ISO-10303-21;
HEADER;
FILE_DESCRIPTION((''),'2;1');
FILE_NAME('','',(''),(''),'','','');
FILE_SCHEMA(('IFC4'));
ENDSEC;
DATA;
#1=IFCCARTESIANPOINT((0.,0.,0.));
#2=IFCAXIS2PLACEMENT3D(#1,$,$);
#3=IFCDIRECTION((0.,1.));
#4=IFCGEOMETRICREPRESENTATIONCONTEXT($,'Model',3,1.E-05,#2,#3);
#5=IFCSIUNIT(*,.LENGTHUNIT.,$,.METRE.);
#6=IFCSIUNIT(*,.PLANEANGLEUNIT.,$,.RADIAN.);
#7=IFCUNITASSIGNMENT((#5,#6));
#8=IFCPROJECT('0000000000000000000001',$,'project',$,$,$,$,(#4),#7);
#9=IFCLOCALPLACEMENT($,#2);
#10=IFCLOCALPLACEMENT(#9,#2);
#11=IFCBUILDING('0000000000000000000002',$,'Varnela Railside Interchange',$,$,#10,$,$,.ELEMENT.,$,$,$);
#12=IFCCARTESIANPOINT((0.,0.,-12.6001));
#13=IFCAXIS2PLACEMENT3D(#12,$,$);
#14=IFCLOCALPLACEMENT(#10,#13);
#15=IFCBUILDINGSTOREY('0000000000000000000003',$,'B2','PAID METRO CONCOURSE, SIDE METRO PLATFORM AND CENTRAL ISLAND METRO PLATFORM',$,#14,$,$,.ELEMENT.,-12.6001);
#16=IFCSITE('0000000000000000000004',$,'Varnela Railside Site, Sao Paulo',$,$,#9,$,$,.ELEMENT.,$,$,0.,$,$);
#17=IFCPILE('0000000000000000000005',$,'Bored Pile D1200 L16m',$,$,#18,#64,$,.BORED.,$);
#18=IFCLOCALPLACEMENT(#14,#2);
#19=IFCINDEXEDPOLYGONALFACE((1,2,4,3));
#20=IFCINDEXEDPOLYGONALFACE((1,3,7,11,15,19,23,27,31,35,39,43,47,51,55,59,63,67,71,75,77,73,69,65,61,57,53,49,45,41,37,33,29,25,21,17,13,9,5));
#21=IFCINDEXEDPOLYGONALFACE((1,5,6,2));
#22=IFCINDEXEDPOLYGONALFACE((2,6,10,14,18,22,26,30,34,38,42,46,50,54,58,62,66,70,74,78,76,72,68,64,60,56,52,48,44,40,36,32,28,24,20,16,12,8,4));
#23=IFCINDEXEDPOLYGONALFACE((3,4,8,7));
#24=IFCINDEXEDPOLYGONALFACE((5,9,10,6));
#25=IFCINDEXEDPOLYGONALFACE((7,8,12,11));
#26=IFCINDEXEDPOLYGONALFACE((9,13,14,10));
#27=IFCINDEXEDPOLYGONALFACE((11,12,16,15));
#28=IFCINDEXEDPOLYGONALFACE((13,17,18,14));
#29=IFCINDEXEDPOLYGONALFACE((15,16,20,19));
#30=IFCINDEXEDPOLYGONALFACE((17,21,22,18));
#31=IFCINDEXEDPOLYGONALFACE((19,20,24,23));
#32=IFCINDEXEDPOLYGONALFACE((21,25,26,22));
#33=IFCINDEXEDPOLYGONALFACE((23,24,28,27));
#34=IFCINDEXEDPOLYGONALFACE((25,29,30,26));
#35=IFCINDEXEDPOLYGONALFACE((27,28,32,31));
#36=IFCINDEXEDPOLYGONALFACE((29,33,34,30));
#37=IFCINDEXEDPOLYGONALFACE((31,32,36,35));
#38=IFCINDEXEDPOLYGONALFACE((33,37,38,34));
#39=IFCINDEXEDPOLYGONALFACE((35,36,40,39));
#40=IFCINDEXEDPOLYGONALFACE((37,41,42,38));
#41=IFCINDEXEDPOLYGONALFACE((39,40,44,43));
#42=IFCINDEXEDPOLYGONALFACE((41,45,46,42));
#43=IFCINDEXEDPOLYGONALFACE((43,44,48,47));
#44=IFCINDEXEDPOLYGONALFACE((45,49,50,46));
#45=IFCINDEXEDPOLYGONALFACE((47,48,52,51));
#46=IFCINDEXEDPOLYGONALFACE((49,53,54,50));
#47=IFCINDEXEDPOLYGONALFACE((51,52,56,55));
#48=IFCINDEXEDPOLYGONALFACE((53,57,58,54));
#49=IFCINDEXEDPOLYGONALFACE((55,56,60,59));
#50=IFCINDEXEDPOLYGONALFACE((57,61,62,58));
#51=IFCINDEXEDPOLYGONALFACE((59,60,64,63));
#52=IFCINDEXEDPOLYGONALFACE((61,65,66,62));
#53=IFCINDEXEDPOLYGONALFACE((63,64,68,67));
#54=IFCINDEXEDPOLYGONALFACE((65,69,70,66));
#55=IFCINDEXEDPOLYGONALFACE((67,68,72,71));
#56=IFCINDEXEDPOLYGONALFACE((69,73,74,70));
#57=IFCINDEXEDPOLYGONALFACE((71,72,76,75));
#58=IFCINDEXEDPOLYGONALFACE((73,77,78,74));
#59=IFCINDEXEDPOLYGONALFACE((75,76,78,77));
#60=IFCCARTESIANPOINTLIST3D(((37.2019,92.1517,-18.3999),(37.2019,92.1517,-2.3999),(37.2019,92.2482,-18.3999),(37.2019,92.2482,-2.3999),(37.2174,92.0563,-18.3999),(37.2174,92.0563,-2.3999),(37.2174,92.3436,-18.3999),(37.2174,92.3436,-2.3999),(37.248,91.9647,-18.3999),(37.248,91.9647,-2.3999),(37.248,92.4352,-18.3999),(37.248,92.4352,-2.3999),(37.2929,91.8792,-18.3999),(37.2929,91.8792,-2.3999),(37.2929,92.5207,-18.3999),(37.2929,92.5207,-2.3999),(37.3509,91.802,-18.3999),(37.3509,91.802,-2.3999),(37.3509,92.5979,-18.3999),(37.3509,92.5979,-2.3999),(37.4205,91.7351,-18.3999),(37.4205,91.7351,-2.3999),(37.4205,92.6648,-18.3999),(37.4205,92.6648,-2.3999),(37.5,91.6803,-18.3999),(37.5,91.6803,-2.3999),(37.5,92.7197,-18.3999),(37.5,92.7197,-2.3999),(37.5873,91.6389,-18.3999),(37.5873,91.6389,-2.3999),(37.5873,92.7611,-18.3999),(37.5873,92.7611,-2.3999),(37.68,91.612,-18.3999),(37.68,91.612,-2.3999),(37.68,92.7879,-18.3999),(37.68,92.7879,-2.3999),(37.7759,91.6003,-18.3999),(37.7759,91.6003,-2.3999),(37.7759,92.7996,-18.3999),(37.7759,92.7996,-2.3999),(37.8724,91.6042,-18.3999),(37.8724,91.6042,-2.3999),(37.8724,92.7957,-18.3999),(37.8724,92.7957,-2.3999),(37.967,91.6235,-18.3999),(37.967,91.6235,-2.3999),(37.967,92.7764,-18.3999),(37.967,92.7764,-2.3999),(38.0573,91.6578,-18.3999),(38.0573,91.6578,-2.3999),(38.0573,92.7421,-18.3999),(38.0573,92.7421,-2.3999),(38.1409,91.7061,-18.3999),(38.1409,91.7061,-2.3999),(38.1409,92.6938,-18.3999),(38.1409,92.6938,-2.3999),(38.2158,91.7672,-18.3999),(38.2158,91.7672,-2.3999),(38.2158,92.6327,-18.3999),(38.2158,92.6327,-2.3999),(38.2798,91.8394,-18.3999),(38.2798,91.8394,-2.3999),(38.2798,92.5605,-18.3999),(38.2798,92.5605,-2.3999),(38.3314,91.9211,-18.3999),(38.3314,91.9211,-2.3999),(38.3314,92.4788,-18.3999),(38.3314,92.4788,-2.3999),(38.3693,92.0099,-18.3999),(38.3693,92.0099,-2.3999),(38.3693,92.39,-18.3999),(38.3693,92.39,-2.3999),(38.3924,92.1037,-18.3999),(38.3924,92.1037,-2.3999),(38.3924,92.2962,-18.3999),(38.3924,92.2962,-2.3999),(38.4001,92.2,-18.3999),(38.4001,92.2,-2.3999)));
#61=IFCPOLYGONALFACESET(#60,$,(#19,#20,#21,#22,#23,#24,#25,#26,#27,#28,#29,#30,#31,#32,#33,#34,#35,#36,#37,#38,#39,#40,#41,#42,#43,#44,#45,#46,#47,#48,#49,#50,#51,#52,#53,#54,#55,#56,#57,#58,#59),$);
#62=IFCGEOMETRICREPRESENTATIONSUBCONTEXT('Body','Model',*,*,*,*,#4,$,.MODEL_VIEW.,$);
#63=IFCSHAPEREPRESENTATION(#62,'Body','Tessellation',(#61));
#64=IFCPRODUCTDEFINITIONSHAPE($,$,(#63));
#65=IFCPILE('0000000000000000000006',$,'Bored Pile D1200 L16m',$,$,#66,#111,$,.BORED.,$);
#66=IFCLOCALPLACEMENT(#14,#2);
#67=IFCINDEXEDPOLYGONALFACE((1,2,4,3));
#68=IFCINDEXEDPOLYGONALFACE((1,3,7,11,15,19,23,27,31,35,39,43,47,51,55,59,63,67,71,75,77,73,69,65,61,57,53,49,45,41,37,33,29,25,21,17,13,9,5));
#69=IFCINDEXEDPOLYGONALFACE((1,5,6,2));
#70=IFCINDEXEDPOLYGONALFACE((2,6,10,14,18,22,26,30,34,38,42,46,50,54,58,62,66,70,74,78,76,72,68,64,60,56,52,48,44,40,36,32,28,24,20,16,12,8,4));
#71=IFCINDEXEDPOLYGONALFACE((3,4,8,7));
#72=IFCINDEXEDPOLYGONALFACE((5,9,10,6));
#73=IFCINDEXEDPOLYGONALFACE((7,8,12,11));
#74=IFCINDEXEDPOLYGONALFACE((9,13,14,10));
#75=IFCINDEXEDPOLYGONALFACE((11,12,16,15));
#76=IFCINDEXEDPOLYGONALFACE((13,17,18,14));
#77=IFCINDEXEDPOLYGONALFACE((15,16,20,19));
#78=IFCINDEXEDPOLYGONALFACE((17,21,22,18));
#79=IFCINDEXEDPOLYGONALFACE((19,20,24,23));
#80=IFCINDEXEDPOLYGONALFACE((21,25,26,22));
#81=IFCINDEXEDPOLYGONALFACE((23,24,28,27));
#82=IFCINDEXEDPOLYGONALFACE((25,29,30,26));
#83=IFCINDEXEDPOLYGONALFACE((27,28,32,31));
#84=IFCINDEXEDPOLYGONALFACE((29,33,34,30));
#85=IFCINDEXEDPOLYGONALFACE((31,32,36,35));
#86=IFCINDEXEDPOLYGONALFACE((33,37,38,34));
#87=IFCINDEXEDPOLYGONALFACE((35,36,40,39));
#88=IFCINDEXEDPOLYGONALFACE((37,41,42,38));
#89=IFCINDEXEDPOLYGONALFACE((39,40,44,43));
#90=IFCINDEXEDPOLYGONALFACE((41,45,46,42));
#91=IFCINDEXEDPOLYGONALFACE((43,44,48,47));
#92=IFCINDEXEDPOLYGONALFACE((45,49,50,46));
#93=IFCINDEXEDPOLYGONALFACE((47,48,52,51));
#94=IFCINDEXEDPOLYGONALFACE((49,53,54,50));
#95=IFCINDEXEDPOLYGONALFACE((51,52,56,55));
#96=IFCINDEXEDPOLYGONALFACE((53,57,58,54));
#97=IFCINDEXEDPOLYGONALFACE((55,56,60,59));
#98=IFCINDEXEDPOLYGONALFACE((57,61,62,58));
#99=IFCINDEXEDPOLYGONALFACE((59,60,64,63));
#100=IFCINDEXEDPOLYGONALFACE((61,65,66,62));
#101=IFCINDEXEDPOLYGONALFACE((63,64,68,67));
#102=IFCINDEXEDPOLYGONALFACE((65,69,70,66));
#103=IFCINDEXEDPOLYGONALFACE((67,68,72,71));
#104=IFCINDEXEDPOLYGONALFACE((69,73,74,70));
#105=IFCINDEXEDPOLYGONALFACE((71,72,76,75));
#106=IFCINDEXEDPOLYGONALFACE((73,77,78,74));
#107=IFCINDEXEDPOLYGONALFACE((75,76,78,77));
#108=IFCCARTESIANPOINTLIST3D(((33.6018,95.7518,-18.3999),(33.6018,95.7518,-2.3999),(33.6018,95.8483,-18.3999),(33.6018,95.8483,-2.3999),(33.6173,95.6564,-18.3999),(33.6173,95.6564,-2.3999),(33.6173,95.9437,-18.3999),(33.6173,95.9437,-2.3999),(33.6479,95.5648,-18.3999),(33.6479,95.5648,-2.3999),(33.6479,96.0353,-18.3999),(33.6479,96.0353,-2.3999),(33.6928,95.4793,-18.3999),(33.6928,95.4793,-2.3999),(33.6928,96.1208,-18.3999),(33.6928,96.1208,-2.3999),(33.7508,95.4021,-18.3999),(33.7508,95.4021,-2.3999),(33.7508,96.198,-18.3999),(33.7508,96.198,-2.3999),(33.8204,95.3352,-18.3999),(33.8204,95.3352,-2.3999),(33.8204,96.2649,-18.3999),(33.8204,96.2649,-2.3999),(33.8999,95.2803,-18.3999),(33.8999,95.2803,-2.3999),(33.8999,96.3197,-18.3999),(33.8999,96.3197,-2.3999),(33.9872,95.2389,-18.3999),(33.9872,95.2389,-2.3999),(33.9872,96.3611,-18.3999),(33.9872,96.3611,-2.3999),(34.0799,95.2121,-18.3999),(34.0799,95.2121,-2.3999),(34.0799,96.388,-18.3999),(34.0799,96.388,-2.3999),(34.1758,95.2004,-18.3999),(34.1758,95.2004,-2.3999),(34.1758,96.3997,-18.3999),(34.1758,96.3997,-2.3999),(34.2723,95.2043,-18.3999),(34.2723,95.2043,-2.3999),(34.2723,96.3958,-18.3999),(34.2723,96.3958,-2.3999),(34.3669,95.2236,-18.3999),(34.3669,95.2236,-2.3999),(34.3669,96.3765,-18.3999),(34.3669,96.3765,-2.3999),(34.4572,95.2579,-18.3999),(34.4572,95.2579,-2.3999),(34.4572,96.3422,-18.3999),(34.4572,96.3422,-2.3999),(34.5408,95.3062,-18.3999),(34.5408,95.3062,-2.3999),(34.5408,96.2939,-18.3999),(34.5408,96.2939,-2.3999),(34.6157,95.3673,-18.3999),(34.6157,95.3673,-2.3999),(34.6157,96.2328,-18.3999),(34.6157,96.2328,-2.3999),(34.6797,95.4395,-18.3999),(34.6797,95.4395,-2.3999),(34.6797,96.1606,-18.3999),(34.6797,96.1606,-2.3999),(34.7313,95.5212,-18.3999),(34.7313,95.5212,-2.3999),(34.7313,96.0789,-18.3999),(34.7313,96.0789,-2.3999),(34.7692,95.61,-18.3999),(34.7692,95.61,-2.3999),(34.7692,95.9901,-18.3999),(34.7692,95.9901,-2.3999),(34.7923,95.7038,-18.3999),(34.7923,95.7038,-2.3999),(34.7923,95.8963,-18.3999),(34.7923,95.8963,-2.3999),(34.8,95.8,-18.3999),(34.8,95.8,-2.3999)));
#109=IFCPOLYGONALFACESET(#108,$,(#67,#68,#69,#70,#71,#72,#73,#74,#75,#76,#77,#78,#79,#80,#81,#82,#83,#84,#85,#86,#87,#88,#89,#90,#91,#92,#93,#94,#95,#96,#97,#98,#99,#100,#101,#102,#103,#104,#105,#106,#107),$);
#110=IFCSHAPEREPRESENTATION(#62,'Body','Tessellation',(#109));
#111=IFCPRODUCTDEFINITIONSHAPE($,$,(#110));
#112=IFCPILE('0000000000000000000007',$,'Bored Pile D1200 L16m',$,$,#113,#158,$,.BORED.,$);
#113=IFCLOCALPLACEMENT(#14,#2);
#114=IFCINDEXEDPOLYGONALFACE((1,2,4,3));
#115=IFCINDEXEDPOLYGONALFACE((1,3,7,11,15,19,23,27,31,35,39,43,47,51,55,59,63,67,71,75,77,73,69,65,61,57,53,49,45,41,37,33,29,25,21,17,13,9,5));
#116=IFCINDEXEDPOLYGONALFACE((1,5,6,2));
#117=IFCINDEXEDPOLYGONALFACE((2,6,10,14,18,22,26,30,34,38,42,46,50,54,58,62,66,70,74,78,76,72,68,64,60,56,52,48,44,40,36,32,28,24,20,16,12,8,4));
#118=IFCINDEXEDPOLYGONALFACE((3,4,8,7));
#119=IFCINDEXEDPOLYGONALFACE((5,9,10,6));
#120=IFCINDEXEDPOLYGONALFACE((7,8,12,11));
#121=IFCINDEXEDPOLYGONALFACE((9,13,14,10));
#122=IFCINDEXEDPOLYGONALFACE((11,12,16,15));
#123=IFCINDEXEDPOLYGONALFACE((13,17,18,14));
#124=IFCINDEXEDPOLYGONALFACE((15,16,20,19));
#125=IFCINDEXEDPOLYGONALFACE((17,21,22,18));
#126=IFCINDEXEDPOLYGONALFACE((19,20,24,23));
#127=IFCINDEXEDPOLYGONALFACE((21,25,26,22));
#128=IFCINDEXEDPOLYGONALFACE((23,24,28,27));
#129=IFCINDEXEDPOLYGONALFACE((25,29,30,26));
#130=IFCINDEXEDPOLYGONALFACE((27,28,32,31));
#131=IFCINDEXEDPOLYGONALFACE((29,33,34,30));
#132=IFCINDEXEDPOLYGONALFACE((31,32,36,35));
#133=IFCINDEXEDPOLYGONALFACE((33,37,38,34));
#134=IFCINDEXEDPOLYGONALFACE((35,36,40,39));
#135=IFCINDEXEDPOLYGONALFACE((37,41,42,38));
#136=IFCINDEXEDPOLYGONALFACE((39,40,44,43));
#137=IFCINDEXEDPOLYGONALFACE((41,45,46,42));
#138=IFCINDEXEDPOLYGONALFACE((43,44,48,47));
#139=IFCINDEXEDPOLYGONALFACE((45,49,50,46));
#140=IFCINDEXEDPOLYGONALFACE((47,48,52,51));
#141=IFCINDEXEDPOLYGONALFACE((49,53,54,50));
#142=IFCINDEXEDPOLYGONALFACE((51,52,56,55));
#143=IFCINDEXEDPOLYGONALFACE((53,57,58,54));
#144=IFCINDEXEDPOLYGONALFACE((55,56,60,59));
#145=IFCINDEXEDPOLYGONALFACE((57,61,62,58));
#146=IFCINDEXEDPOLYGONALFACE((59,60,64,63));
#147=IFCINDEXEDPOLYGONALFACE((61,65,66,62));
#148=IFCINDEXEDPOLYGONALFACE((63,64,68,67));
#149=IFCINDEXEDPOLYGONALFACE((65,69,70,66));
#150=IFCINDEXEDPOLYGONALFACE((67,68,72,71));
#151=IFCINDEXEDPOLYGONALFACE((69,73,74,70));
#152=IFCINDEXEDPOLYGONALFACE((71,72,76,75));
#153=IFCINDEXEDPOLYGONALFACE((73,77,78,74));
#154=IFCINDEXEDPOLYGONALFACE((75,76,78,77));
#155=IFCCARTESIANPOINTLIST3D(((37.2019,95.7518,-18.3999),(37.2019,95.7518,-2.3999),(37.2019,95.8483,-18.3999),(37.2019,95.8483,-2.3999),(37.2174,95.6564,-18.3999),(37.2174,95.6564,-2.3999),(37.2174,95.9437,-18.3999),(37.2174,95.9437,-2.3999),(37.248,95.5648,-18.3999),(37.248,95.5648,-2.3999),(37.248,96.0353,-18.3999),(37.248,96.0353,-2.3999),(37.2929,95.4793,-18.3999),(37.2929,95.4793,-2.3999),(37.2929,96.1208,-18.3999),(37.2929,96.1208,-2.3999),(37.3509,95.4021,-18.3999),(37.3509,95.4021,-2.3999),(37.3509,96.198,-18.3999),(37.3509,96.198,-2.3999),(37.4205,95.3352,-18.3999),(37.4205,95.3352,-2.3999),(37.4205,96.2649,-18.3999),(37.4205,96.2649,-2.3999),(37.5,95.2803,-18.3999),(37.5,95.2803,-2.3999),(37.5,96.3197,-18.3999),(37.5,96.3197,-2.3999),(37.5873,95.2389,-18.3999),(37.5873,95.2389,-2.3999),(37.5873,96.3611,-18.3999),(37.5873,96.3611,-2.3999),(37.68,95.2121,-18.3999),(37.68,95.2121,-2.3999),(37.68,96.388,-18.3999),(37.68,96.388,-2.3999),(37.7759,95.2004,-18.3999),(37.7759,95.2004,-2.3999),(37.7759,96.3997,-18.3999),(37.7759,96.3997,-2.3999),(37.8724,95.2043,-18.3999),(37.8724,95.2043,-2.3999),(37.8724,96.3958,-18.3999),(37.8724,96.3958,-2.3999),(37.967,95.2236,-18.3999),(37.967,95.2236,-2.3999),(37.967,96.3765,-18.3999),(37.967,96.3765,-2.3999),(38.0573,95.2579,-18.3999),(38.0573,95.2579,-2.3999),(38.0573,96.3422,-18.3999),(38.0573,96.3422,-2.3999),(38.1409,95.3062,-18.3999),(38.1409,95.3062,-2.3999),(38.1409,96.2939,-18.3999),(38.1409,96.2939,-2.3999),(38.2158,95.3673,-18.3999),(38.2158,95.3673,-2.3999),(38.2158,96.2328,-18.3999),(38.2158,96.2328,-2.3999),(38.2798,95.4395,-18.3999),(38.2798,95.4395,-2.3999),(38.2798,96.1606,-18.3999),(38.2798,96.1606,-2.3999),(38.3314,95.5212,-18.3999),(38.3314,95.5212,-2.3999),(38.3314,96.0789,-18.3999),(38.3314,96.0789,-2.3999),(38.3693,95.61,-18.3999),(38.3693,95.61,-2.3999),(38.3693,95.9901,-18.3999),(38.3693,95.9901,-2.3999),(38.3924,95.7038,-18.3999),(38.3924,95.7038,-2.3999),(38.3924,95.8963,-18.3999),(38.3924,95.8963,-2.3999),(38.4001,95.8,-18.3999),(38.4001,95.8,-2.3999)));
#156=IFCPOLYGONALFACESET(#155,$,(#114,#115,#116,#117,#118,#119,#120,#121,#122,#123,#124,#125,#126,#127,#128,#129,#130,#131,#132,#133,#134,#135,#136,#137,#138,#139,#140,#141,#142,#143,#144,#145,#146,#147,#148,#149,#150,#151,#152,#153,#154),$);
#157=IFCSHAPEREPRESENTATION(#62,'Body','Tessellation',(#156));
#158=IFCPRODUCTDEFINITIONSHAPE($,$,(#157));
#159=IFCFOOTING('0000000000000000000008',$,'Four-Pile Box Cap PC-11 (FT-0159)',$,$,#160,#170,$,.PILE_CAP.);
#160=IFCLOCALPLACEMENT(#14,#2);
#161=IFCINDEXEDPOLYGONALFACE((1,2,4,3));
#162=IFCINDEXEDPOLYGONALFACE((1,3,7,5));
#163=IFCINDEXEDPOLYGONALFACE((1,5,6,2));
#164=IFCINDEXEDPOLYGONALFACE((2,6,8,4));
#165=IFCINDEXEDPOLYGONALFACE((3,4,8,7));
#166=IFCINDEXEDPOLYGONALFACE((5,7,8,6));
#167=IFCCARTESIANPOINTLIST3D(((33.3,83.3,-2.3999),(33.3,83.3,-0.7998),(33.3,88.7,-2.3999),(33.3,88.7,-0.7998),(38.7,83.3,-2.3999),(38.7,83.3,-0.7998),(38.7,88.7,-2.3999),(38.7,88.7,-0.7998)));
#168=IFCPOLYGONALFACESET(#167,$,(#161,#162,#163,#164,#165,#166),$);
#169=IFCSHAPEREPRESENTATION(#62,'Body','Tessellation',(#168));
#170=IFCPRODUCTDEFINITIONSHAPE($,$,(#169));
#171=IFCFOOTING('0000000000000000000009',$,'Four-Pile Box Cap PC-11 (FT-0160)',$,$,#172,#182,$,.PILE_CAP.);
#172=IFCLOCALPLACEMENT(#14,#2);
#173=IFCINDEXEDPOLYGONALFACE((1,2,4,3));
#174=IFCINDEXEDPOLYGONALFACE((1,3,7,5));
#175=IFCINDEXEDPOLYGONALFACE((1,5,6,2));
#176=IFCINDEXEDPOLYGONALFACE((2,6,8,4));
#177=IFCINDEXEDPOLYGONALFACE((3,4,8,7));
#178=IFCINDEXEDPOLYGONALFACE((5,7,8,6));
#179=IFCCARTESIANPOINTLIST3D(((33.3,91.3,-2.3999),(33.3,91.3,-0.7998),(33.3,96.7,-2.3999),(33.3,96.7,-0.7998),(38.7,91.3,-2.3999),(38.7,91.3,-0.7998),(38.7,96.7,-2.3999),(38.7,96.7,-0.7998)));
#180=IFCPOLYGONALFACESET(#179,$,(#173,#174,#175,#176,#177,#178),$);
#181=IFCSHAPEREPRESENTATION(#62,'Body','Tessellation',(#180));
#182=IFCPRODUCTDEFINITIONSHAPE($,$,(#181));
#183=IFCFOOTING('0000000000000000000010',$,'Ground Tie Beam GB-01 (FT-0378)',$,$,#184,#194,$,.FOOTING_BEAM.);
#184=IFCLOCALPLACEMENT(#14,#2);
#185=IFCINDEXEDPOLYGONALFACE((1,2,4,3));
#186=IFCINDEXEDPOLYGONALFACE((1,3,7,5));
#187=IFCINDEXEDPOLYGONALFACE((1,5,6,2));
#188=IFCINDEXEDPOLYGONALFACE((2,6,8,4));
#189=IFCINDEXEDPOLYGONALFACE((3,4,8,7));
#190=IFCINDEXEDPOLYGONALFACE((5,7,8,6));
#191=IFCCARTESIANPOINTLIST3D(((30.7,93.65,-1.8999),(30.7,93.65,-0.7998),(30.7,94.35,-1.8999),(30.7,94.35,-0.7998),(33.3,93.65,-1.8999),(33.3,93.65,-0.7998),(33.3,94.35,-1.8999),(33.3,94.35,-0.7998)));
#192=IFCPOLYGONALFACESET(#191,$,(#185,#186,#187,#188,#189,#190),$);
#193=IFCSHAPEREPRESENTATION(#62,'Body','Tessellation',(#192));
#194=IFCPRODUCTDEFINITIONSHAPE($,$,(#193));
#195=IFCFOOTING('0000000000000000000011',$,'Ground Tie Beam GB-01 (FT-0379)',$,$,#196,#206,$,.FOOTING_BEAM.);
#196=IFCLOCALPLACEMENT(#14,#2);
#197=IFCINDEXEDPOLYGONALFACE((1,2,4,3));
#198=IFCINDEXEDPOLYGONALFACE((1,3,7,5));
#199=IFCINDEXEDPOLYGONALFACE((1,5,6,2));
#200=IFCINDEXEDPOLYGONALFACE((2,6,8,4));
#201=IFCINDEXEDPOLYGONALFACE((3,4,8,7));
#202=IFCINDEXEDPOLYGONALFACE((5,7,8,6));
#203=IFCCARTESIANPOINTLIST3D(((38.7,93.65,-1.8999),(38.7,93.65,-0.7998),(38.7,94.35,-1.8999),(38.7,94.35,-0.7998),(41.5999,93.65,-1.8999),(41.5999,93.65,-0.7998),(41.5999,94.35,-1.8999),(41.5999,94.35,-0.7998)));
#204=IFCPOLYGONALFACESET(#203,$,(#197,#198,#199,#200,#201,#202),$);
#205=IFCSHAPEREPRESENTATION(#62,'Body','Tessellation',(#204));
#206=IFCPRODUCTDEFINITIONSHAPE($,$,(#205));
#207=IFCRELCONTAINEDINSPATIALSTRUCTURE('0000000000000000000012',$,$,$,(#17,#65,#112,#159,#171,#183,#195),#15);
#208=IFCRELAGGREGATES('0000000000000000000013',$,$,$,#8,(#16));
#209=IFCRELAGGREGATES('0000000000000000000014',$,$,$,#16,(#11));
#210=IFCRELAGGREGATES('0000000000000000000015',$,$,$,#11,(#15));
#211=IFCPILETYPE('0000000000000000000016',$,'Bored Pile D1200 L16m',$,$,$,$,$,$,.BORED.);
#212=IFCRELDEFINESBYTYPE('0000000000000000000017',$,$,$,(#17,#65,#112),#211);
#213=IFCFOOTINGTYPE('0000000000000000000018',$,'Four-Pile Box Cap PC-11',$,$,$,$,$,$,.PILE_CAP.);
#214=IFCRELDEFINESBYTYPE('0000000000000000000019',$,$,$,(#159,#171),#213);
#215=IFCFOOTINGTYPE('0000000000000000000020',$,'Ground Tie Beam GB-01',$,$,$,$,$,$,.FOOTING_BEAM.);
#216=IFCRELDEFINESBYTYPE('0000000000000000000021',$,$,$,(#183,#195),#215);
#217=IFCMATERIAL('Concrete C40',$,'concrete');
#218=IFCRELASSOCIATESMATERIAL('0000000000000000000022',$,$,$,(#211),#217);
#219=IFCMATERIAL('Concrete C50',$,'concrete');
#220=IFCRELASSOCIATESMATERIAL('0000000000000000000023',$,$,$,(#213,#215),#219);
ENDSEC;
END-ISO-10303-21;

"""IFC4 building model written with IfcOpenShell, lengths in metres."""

from ifc_helpers import new_model, si_unit, direction, frame, origin, origin_2d, place, context, subcontext, project, spatial, rectangle, circle, extrude, material, material_profile, profile_set, type_object, element, save


model = new_model("IFC4")

# Units and contexts
model_context = context("Model", 3, precision=1e-05, world=origin(), true_north=direction((0.0, 1.0)))
body_context = subcontext(model_context, "Body", "Model", "MODEL_VIEW")
ifc_project = project(units=[si_unit("LENGTHUNIT", "METRE"), si_unit("PLANEANGLEUNIT", "RADIAN")], contexts=[model_context])

# Site, building, storey
site_placement = place(None, origin())
site = spatial("IfcSite", under=ifc_project, at=site_placement, Name="Varnela Railside Site, Sao Paulo", CompositionType="ELEMENT", RefElevation=0.0)
building_placement = place(site_placement, origin())
building = spatial("IfcBuilding", under=site, at=building_placement, Name="Varnela Railside Interchange", CompositionType="ELEMENT")
storey_placement = place(building_placement, frame((0.0, 0.0, -12.6001)))
storey = spatial("IfcBuildingStorey", under=building, at=storey_placement, Name="B2", Description="PAID METRO CONCOURSE, SIDE METRO PLATFORM AND CENTRAL ISLAND METRO PLATFORM", CompositionType="ELEMENT", Elevation=-12.6001)

# Piles
ifc_material_1 = material(Name="Concrete C40", Category="concrete")
ifc_material_profile_1 = material_profile(ifc_material_1, circle(Radius=0.6001, at=origin_2d()), Name="BORED PILE D1200")
ifc_profile_set_1 = profile_set([ifc_material_profile_1], Name="Concrete C40")
pile_type_1 = type_object("IfcPileType", Name="Bored Pile D1200 L16m", PredefinedType="BORED", material=ifc_profile_set_1)
for number, where, z_axis, x_axis, name in (
    (1, (37.8, 92.2, -2.3999), (0.0, 0.0, -1.0), (1.0, 0.0, 0.0), "Bored Pile D1200 L16m"),
    (2, (34.2, 95.8, -2.3999), (0.0, 0.0, -1.0), (1.0, 0.0, 0.0), "Bored Pile D1200 L16m"),
    (3, (37.8, 95.8, -2.3999), (0.0, 0.0, -1.0), (1.0, 0.0, 0.0), "Bored Pile D1200 L16m"),
):
    element("IfcPile", number, at=place(storey_placement, frame(where, z_axis=z_axis, x_axis=x_axis)), inside=storey, type_object=pile_type_1, Name=name, PredefinedType="BORED", context=body_context, shape_type="SweptSolid", body=[
        extrude(circle(Radius=0.6001, at=origin_2d()), origin(), (0.0, 0.0, 1.0), 16.0),
    ])

# Footings
ifc_material_2 = material(Name="Concrete C50", Category="concrete")
footing_type_1 = type_object("IfcFootingType", Name="Four-Pile Box Cap PC-11", PredefinedType="PILE_CAP", material=ifc_material_2)
for number, where, z_axis, x_axis, name in (
    (4, (36.0, 86.0, -2.3999), (0.0, 0.0, 1.0), (1.0, 0.0, 0.0), "Four-Pile Box Cap PC-11 (FT-0159)"),
    (5, (36.0, 94.0, -2.3999), (0.0, 0.0, 1.0), (1.0, 0.0, 0.0), "Four-Pile Box Cap PC-11 (FT-0160)"),
):
    element("IfcFooting", number, at=place(storey_placement, frame(where, z_axis=z_axis, x_axis=x_axis)), inside=storey, type_object=footing_type_1, Name=name, PredefinedType="PILE_CAP", context=body_context, shape_type="SweptSolid", body=[
        extrude(rectangle(XDim=5.3999, YDim=5.3999, at=origin_2d()), origin(), (0.0, 0.0, 1.0), 1.6001),
    ])
footing_type_2 = type_object("IfcFootingType", Name="Ground Tie Beam GB-01", PredefinedType="FOOTING_BEAM", material=ifc_material_2)
footing_1_placement = place(storey_placement, frame((32.0, 94.0, -1.8999), z_axis=(0.0, 0.0, 1.0), x_axis=(1.0, 0.0, 0.0)))
element("IfcFooting", 6, at=footing_1_placement, inside=storey, type_object=footing_type_2, Name="Ground Tie Beam GB-01 (FT-0378)", PredefinedType="FOOTING_BEAM", context=body_context, shape_type="SweptSolid", body=[
    extrude(rectangle(XDim=2.6001, YDim=0.7, at=origin_2d()), origin(), (0.0, 0.0, 1.0), 1.1001),
])
footing_2_placement = place(storey_placement, frame((40.1499, 94.0, -1.8999), z_axis=(0.0, 0.0, 1.0), x_axis=(1.0, 0.0, 0.0)))
element("IfcFooting", 7, at=footing_2_placement, inside=storey, type_object=footing_type_2, Name="Ground Tie Beam GB-01 (FT-0379)", PredefinedType="FOOTING_BEAM", context=body_context, shape_type="SweptSolid", body=[
    extrude(rectangle(XDim=2.8999, YDim=0.7, at=origin_2d()), origin(), (0.0, 0.0, 1.0), 1.1001),
])

save(model, "model.ifc")
